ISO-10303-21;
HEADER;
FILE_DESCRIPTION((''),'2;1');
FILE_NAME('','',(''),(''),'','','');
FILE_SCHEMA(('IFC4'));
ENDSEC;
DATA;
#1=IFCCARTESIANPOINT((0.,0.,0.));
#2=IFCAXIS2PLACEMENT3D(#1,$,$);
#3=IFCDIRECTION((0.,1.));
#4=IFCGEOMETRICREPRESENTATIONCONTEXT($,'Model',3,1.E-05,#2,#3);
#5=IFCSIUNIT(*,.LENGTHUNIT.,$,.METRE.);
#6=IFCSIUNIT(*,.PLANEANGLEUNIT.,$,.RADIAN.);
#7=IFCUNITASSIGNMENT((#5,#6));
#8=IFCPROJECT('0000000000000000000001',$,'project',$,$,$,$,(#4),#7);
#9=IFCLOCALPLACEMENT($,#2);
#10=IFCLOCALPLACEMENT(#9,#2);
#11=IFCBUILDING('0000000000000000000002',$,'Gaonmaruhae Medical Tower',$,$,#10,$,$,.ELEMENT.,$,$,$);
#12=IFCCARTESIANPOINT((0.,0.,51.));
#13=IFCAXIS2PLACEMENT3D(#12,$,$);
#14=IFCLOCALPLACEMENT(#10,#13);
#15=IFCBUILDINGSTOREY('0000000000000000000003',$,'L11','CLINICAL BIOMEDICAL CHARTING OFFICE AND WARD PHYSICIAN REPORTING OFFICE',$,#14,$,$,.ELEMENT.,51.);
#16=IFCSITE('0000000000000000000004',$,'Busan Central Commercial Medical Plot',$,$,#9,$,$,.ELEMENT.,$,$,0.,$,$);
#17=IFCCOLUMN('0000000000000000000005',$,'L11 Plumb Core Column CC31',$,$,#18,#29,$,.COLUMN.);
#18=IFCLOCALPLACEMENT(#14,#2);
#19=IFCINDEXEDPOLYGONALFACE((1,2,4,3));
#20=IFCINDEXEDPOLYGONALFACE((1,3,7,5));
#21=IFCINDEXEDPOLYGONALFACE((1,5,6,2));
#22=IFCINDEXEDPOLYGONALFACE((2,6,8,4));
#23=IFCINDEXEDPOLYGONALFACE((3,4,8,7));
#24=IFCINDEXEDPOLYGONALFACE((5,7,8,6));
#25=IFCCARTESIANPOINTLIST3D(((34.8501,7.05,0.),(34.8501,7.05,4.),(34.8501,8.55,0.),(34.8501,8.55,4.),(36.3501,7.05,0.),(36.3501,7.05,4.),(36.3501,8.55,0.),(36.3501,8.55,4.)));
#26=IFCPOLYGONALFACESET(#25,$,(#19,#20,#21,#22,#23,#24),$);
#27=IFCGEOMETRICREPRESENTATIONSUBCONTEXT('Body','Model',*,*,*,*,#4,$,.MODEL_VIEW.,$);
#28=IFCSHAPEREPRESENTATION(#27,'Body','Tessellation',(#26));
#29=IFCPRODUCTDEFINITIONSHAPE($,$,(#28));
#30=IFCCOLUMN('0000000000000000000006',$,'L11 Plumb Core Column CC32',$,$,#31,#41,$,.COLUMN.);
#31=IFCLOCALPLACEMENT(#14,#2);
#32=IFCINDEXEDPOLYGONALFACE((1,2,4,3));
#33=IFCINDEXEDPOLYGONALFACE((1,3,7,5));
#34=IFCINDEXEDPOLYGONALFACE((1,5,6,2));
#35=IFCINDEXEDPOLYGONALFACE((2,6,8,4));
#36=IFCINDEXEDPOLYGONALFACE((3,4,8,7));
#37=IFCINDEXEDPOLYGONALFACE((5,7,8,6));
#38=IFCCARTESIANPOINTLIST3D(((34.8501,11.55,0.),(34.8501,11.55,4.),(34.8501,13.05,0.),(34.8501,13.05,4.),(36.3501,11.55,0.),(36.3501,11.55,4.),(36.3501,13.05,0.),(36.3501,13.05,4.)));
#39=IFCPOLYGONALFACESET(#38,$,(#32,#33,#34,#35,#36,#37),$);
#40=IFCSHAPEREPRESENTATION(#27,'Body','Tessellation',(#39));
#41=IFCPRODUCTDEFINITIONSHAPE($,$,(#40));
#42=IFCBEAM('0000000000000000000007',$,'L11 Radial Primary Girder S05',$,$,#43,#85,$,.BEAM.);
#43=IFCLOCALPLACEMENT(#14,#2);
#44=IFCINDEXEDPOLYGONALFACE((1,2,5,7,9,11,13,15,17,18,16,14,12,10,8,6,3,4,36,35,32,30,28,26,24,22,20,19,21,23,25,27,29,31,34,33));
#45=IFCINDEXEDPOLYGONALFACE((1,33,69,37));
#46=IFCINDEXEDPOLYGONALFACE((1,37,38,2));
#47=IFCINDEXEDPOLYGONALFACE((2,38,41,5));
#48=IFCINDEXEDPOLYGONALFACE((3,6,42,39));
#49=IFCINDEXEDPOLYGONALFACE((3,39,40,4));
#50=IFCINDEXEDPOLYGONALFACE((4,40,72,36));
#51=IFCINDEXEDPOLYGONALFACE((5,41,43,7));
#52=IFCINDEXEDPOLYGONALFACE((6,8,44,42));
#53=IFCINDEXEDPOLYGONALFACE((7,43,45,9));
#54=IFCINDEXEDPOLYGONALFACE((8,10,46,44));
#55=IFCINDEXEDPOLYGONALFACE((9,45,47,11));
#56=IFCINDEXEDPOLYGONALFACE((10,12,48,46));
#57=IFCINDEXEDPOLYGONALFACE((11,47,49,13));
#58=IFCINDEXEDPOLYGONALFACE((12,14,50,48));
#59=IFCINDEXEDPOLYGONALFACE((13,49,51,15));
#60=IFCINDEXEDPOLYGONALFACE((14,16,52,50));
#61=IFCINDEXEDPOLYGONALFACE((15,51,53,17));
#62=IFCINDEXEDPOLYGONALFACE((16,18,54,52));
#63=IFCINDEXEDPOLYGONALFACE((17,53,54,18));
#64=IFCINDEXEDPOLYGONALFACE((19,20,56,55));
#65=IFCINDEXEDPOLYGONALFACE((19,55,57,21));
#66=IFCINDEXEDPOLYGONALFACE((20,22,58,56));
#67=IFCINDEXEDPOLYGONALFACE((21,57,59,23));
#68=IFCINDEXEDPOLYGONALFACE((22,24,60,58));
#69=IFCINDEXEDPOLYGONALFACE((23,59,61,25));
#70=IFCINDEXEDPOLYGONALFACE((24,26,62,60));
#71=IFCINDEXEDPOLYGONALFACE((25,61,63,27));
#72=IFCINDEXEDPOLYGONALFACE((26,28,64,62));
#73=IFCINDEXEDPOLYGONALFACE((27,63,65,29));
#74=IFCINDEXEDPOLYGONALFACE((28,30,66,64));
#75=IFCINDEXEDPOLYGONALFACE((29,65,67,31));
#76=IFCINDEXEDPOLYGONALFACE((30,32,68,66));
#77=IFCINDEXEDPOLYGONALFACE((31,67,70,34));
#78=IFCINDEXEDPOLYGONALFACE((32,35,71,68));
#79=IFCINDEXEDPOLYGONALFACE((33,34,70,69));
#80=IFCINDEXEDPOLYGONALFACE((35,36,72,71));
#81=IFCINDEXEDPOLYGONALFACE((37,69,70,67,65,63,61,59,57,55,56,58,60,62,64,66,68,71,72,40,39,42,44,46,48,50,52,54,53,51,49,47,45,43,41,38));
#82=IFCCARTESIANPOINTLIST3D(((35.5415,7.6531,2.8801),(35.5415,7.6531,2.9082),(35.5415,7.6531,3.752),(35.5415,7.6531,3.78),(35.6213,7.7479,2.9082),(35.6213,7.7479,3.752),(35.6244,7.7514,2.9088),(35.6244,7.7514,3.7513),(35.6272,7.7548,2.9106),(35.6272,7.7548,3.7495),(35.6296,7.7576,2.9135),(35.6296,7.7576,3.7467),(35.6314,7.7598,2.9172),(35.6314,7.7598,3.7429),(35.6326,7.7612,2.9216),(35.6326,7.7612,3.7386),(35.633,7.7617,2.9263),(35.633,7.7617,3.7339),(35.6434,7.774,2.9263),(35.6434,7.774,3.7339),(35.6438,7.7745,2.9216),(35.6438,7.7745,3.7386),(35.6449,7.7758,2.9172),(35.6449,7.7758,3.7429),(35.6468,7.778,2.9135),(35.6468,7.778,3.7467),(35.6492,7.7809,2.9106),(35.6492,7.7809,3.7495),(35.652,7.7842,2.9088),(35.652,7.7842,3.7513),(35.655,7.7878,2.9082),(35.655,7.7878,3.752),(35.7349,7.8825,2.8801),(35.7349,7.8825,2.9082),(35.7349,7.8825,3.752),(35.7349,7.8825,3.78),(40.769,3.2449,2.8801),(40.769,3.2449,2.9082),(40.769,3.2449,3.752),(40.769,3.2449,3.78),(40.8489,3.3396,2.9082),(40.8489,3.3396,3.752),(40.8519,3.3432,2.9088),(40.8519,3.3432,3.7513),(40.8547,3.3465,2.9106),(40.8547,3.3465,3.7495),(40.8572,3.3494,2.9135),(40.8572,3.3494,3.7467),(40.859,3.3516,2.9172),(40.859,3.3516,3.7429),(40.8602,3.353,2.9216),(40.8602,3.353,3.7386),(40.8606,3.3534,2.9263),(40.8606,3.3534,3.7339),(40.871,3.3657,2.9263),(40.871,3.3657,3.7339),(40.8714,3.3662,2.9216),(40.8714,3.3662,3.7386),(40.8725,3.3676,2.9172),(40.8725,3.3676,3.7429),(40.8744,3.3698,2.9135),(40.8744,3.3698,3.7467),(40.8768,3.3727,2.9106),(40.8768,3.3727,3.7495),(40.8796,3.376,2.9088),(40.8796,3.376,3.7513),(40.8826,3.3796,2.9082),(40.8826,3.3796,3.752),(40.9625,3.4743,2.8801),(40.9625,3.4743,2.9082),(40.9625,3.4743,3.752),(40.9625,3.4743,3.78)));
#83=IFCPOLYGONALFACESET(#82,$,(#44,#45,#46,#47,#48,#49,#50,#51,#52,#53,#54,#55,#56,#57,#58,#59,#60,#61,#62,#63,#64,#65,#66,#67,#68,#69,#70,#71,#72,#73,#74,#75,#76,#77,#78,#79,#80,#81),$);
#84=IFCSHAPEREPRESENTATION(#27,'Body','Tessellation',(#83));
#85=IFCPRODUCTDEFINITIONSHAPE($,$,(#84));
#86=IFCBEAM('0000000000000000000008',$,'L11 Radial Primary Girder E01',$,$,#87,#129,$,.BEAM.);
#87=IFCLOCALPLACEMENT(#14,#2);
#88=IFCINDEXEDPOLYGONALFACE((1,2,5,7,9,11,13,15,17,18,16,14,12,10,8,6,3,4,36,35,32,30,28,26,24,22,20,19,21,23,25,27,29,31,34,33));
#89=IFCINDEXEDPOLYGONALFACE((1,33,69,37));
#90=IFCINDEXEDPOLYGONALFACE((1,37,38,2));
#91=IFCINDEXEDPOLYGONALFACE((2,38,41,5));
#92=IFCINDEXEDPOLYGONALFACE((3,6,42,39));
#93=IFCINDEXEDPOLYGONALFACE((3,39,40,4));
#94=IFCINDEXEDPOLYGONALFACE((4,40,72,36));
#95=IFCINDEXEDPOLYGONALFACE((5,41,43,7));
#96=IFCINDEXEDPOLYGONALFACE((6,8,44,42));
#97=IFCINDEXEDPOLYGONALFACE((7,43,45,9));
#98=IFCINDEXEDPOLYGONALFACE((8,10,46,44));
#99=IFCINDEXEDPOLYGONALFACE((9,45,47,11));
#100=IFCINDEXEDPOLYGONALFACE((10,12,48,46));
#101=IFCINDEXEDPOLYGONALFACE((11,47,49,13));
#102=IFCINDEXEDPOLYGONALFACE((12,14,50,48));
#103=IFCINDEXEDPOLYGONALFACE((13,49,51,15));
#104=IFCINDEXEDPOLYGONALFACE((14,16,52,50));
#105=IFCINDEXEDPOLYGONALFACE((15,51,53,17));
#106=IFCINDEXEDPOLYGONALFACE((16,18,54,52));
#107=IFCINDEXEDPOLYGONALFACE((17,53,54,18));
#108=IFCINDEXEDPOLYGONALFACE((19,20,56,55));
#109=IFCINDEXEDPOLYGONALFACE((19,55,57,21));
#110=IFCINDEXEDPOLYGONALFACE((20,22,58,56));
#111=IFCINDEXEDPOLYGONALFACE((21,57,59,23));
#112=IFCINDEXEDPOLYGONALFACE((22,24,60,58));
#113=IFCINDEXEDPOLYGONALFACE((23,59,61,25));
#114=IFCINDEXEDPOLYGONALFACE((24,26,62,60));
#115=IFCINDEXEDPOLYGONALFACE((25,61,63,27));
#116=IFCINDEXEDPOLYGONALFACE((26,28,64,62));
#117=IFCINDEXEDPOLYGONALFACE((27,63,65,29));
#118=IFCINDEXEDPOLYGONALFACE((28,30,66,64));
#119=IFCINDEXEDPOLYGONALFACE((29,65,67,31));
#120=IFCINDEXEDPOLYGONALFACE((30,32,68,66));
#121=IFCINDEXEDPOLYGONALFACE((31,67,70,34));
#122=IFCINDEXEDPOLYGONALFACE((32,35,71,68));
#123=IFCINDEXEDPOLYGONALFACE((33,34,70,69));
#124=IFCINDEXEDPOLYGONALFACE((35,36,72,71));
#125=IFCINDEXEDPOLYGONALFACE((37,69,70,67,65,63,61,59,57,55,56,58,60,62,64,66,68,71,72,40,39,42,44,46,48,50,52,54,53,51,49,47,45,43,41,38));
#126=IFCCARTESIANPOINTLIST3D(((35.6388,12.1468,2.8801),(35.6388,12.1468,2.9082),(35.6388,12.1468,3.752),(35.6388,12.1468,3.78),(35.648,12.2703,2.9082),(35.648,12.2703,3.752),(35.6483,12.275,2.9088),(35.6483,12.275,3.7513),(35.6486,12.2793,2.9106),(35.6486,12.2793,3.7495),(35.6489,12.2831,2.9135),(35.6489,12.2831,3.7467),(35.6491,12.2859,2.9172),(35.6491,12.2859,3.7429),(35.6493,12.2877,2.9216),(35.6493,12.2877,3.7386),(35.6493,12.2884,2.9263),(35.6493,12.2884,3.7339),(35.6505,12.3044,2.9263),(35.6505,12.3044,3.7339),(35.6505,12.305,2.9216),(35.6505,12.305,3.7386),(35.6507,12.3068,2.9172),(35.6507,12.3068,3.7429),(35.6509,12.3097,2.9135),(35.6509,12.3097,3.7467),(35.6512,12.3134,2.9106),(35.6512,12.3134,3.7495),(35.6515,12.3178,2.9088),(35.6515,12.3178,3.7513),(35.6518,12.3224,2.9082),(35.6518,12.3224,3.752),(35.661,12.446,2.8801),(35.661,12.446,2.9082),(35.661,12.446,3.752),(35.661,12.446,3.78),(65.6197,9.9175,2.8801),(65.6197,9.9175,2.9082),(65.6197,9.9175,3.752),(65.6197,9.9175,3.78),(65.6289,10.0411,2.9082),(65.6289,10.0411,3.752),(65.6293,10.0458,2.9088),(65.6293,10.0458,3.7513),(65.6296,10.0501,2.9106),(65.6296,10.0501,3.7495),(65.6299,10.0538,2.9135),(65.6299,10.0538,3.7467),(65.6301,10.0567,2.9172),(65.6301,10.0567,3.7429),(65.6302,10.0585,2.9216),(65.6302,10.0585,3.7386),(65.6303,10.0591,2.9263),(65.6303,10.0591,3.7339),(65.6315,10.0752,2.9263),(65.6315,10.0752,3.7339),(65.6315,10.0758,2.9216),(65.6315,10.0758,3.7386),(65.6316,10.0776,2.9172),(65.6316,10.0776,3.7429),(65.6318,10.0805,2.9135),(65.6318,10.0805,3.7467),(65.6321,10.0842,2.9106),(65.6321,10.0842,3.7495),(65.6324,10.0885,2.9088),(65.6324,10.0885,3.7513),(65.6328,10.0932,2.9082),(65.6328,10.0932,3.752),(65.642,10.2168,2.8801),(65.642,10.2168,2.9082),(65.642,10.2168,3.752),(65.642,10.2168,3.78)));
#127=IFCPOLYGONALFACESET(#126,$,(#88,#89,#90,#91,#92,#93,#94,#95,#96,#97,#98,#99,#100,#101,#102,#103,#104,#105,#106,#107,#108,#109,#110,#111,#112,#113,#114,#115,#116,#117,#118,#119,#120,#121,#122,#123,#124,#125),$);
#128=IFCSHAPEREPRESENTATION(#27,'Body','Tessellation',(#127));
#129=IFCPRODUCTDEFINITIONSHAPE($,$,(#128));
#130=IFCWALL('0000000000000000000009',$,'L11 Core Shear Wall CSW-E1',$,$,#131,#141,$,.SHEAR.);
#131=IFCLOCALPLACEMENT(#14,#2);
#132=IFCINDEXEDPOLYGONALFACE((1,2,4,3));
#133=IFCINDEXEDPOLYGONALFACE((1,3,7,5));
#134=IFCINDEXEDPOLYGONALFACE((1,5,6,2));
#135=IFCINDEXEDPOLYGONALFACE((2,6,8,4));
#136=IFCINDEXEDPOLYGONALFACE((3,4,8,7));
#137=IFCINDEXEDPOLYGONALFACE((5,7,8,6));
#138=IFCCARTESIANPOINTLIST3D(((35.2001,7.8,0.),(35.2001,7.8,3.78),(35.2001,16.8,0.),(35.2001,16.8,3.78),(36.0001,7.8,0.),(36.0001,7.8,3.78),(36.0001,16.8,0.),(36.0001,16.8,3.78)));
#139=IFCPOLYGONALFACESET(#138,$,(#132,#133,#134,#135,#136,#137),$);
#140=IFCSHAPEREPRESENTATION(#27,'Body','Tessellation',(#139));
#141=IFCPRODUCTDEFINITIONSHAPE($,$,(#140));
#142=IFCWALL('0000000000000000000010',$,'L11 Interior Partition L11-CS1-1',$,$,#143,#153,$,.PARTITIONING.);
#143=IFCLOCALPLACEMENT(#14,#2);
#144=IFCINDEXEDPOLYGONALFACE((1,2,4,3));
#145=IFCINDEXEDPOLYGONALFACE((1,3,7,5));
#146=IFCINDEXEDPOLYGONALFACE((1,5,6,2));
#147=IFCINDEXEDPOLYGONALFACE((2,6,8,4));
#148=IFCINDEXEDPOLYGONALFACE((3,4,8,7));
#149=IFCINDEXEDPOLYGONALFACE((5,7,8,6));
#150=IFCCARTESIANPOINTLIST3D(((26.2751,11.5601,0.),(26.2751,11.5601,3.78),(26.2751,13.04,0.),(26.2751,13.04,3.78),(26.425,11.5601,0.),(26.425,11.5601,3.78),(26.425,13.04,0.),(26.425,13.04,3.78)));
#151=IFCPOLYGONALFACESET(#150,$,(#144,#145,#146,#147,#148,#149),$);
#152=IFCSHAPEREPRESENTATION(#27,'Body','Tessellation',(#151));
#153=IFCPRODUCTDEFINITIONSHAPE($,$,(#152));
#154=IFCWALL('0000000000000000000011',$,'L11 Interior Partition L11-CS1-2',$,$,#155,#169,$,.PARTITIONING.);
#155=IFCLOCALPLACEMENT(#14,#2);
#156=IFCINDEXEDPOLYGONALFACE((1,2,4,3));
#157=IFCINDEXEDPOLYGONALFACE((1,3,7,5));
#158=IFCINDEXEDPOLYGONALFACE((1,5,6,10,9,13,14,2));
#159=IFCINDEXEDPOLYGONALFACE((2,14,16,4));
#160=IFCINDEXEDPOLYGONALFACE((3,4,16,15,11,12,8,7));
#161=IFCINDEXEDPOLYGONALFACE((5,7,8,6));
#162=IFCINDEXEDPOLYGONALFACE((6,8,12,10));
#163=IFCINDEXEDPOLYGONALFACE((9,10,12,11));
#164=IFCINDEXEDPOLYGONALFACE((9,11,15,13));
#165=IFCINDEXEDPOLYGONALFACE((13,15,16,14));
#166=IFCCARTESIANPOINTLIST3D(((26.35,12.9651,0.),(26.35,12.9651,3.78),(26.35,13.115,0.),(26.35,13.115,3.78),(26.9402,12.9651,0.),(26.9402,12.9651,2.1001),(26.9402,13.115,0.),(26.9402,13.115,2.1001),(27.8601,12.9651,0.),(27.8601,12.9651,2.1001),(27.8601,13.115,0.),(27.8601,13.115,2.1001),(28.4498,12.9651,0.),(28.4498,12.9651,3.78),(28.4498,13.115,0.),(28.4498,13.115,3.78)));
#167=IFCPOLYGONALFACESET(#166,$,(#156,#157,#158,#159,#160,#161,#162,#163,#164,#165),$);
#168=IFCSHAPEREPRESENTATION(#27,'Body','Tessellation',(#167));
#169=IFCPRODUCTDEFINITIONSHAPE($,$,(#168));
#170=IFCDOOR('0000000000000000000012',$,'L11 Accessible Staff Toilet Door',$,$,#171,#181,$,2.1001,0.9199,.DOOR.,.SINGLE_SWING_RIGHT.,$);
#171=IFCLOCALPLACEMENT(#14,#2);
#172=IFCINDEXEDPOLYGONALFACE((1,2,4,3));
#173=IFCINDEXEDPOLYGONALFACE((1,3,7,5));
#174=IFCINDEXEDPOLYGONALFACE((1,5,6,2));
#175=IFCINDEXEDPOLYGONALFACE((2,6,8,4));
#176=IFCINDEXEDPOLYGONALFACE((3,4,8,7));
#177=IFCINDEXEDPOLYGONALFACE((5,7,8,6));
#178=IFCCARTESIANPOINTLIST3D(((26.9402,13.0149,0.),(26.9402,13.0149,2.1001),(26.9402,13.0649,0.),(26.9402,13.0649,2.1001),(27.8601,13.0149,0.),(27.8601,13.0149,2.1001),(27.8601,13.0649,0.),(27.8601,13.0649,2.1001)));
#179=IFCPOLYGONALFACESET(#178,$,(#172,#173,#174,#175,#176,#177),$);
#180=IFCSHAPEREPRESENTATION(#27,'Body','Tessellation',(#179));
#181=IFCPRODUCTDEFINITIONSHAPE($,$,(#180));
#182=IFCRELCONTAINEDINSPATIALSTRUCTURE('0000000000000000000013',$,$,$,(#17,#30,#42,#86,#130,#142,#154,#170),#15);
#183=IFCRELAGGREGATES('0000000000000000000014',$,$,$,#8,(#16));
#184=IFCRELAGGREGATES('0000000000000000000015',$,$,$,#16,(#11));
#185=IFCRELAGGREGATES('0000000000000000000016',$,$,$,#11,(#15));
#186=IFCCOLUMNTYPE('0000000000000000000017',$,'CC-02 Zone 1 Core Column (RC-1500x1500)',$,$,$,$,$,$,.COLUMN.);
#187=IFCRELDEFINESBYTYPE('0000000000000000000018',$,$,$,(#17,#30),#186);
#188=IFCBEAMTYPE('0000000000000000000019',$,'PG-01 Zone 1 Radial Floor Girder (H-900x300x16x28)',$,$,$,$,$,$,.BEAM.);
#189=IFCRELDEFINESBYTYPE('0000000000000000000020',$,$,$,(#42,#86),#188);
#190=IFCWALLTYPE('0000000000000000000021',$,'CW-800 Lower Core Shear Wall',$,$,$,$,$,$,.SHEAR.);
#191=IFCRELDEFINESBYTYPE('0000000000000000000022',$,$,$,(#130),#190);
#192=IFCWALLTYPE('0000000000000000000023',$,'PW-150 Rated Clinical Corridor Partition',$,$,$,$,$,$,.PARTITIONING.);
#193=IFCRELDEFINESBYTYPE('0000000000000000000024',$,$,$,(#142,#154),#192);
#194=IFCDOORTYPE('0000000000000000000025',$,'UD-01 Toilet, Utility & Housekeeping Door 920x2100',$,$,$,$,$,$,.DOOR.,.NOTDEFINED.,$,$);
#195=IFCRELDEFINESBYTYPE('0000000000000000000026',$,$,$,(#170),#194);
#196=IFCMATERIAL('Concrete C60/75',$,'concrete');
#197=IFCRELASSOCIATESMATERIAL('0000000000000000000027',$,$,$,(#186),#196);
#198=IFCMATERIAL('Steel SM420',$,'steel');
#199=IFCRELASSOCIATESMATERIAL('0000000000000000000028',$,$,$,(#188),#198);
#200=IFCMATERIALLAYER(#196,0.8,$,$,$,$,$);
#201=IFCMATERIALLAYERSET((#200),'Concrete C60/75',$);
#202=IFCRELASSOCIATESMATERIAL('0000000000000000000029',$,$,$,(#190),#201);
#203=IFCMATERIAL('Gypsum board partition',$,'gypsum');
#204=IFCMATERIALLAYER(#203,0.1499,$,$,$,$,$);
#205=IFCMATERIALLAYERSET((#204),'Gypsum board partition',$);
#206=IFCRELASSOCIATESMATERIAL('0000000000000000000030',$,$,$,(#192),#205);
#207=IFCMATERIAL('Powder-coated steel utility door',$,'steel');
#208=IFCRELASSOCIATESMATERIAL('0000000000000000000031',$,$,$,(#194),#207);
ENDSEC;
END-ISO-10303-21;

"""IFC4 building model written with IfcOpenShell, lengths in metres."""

from ifc_helpers import new_model, si_unit, direction, frame, frame_2d, origin, origin_2d, place, context, subcontext, project, spatial, rectangle, i_section, extrude, material, layer, layer_set, material_profile, profile_set, type_object, element, fill, save


model = new_model("IFC4")

# Units and contexts
model_context = context("Model", 3, precision=1e-05, world=origin(), true_north=direction((0.0, 1.0)))
body_context = subcontext(model_context, "Body", "Model", "MODEL_VIEW")
ifc_project = project(units=[si_unit("LENGTHUNIT", "METRE"), si_unit("PLANEANGLEUNIT", "RADIAN")], contexts=[model_context])

# Site, building, storey
site_placement = place(None, origin())
site = spatial("IfcSite", under=ifc_project, at=site_placement, Name="Busan Central Commercial Medical Plot", CompositionType="ELEMENT", RefElevation=0.0)
building_placement = place(site_placement, origin())
building = spatial("IfcBuilding", under=site, at=building_placement, Name="Gaonmaruhae Medical Tower", CompositionType="ELEMENT")
storey_placement = place(building_placement, frame((0.0, 0.0, 51.0)))
storey = spatial("IfcBuildingStorey", under=building, at=storey_placement, Name="L11", Description="CLINICAL BIOMEDICAL CHARTING OFFICE AND WARD PHYSICIAN REPORTING OFFICE", CompositionType="ELEMENT", Elevation=51.0)

# Columns
ifc_material_1 = material(Name="Concrete C60/75", Category="concrete")
ifc_material_profile_1 = material_profile(ifc_material_1, rectangle(XDim=1.5, YDim=1.5, at=origin_2d()), Name="RC-1500x1500")
ifc_profile_set_1 = profile_set([ifc_material_profile_1], Name="Concrete C60/75")
column_type = type_object("IfcColumnType", Name="CC-02 Zone 1 Core Column (RC-1500x1500)", PredefinedType="COLUMN", material=ifc_profile_set_1)
for number, where, z_axis, x_axis, name in (
    (1, (35.6001, 7.8, 0.0), (0.0, 0.0, 1.0), (1.0, 0.0, 0.0), "L11 Plumb Core Column CC31"),
    (2, (35.6001, 12.3, 0.0), (0.0, 0.0, 1.0), (1.0, 0.0, 0.0), "L11 Plumb Core Column CC32"),
):
    element("IfcColumn", number, at=place(storey_placement, frame(where, z_axis=z_axis, x_axis=x_axis)), inside=storey, type_object=column_type, Name=name, PredefinedType="COLUMN", context=body_context, shape_type="SweptSolid", body=[
        extrude(rectangle(XDim=1.5, YDim=1.5, at=origin_2d()), origin(), (0.0, 0.0, 1.0), 4.0),
    ])

# Beams
ifc_material_2 = material(Name="Steel SM420", Category="steel")
ifc_material_profile_2 = material_profile(ifc_material_2, i_section(OverallWidth=0.3, OverallDepth=0.8999, WebThickness=0.0161, FlangeThickness=0.0281, FilletRadius=0.0181, at=origin_2d()), Name="H-900x300x16x28")
ifc_profile_set_2 = profile_set([ifc_material_profile_2], Name="Steel SM420")
beam_type = type_object("IfcBeamType", Name="PG-01 Zone 1 Radial Floor Girder (H-900x300x16x28)", PredefinedType="BEAM", material=ifc_profile_set_2)
beam_1_placement = place(storey_placement, frame((35.6382, 7.7678, 3.3301), z_axis=(0.764474, -0.644655, 0.0), x_axis=(0.644655, 0.764474, 0.0)))
element("IfcBeam", 3, at=beam_1_placement, inside=storey, type_object=beam_type, Name="L11 Radial Primary Girder S05", PredefinedType="BEAM", context=body_context, shape_type="SweptSolid", body=[
    extrude(i_section(OverallWidth=0.3, OverallDepth=0.8999, WebThickness=0.0161, FlangeThickness=0.0281, FilletRadius=0.0181, at=origin_2d()), origin(), (0.0, 0.0, 1.0), 6.8381),
])
beam_2_placement = place(storey_placement, frame((35.6499, 12.2964, 3.3301), z_axis=(0.997247, -0.074151, 0.0), x_axis=(0.074151, 0.997247, 0.0)))
element("IfcBeam", 4, at=beam_2_placement, inside=storey, type_object=beam_type, Name="L11 Radial Primary Girder E01", PredefinedType="BEAM", context=body_context, shape_type="SweptSolid", body=[
    extrude(i_section(OverallWidth=0.3, OverallDepth=0.8999, WebThickness=0.0161, FlangeThickness=0.0281, FilletRadius=0.0181, at=origin_2d()), origin(), (0.0, 0.0, 1.0), 30.0637),
])

# Walls
ifc_layer_1 = layer(ifc_material_1, 0.8)
ifc_layer_set_1 = layer_set([ifc_layer_1], Name="Concrete C60/75")
wall_type_1 = type_object("IfcWallType", Name="CW-800 Lower Core Shear Wall", PredefinedType="SHEAR", material=ifc_layer_set_1)
wall_1_placement = place(storey_placement, frame((35.6001, 7.8, 0.0), z_axis=(0.0, 0.0, 1.0), x_axis=(0.0, 1.0, 0.0)))
element("IfcWall", 5, at=wall_1_placement, inside=storey, type_object=wall_type_1, Name="L11 Core Shear Wall CSW-E1", PredefinedType="SHEAR", context=body_context, shape_type="SweptSolid", body=[
    extrude(rectangle(XDim=9.0, YDim=0.8, at=frame_2d((4.5, 0.0))), origin(), (0.0, 0.0, 1.0), 3.78),
])
ifc_material_3 = material(Name="Gypsum board partition", Category="gypsum")
ifc_layer_2 = layer(ifc_material_3, 0.1499)
ifc_layer_set_2 = layer_set([ifc_layer_2], Name="Gypsum board partition")
wall_type_2 = type_object("IfcWallType", Name="PW-150 Rated Clinical Corridor Partition", PredefinedType="PARTITIONING", material=ifc_layer_set_2)
wall_2_placement = place(storey_placement, frame((26.3501, 11.5601, 0.0), z_axis=(0.0, 0.0, 1.0), x_axis=(0.0, 1.0, 0.0)))
element("IfcWall", 6, at=wall_2_placement, inside=storey, type_object=wall_type_2, Name="L11 Interior Partition L11-CS1-1", PredefinedType="PARTITIONING", context=body_context, shape_type="SweptSolid", body=[
    extrude(rectangle(XDim=1.48, YDim=0.1499, at=frame_2d((0.74, 0.0))), origin(), (0.0, 0.0, 1.0), 3.78),
])

# Wall, opening, door
wall_3_placement = place(storey_placement, frame((26.3501, 13.04, 0.0), z_axis=(0.0, 0.0, 1.0), x_axis=(1.0, 0.0, 0.0)))
wall_3 = element("IfcWall", 7, at=wall_3_placement, inside=storey, type_object=wall_type_2, Name="L11 Interior Partition L11-CS1-2", PredefinedType="PARTITIONING", context=body_context, shape_type="SweptSolid", body=[
    extrude(rectangle(XDim=2.0999, YDim=0.1499, at=frame_2d((1.0498, 0.0))), origin(), (0.0, 0.0, 1.0), 3.78),
])
opening_1_placement = place(wall_3_placement, frame((0.5901, 0.0, 0.0)))
opening_1 = element("IfcOpeningElement", 8, at=opening_1_placement, cuts=wall_3, PredefinedType="OPENING", context=body_context, shape_type="SweptSolid", body=[
    extrude(rectangle(XDim=0.9199, YDim=2.1001, at=frame_2d((0.46, 1.05))), frame((0.0, 0.085, 0.0), z_axis=(0.0, -1.0, 0.0), x_axis=(1.0, 0.0, 0.0)), (0.0, 0.0, 1.0), 0.1699),
])
ifc_material_4 = material(Name="Powder-coated steel utility door", Category="steel")
door_type_1 = type_object("IfcDoorType", Name="UD-01 Toilet, Utility & Housekeeping Door 920x2100", OperationType="NOTDEFINED", PredefinedType="DOOR", material=ifc_material_4)
door_1_placement = place(opening_1_placement, origin())
door_1 = element("IfcDoor", 9, at=door_1_placement, inside=storey, type_object=door_type_1, Name="L11 Accessible Staff Toilet Door", OperationType="SINGLE_SWING_RIGHT", OverallHeight=2.1001, OverallWidth=0.9199, PredefinedType="DOOR", context=body_context, shape_type="SweptSolid", body=[
    extrude(rectangle(XDim=0.9199, YDim=2.1001, at=frame_2d((0.46, 1.05))), frame((0.0, 0.0249, 0.0), z_axis=(0.0, -1.0, 0.0), x_axis=(1.0, 0.0, 0.0)), (0.0, 0.0, 1.0), 0.05),
])
fill(opening_1, door_1)

save(model, "model.ifc")
